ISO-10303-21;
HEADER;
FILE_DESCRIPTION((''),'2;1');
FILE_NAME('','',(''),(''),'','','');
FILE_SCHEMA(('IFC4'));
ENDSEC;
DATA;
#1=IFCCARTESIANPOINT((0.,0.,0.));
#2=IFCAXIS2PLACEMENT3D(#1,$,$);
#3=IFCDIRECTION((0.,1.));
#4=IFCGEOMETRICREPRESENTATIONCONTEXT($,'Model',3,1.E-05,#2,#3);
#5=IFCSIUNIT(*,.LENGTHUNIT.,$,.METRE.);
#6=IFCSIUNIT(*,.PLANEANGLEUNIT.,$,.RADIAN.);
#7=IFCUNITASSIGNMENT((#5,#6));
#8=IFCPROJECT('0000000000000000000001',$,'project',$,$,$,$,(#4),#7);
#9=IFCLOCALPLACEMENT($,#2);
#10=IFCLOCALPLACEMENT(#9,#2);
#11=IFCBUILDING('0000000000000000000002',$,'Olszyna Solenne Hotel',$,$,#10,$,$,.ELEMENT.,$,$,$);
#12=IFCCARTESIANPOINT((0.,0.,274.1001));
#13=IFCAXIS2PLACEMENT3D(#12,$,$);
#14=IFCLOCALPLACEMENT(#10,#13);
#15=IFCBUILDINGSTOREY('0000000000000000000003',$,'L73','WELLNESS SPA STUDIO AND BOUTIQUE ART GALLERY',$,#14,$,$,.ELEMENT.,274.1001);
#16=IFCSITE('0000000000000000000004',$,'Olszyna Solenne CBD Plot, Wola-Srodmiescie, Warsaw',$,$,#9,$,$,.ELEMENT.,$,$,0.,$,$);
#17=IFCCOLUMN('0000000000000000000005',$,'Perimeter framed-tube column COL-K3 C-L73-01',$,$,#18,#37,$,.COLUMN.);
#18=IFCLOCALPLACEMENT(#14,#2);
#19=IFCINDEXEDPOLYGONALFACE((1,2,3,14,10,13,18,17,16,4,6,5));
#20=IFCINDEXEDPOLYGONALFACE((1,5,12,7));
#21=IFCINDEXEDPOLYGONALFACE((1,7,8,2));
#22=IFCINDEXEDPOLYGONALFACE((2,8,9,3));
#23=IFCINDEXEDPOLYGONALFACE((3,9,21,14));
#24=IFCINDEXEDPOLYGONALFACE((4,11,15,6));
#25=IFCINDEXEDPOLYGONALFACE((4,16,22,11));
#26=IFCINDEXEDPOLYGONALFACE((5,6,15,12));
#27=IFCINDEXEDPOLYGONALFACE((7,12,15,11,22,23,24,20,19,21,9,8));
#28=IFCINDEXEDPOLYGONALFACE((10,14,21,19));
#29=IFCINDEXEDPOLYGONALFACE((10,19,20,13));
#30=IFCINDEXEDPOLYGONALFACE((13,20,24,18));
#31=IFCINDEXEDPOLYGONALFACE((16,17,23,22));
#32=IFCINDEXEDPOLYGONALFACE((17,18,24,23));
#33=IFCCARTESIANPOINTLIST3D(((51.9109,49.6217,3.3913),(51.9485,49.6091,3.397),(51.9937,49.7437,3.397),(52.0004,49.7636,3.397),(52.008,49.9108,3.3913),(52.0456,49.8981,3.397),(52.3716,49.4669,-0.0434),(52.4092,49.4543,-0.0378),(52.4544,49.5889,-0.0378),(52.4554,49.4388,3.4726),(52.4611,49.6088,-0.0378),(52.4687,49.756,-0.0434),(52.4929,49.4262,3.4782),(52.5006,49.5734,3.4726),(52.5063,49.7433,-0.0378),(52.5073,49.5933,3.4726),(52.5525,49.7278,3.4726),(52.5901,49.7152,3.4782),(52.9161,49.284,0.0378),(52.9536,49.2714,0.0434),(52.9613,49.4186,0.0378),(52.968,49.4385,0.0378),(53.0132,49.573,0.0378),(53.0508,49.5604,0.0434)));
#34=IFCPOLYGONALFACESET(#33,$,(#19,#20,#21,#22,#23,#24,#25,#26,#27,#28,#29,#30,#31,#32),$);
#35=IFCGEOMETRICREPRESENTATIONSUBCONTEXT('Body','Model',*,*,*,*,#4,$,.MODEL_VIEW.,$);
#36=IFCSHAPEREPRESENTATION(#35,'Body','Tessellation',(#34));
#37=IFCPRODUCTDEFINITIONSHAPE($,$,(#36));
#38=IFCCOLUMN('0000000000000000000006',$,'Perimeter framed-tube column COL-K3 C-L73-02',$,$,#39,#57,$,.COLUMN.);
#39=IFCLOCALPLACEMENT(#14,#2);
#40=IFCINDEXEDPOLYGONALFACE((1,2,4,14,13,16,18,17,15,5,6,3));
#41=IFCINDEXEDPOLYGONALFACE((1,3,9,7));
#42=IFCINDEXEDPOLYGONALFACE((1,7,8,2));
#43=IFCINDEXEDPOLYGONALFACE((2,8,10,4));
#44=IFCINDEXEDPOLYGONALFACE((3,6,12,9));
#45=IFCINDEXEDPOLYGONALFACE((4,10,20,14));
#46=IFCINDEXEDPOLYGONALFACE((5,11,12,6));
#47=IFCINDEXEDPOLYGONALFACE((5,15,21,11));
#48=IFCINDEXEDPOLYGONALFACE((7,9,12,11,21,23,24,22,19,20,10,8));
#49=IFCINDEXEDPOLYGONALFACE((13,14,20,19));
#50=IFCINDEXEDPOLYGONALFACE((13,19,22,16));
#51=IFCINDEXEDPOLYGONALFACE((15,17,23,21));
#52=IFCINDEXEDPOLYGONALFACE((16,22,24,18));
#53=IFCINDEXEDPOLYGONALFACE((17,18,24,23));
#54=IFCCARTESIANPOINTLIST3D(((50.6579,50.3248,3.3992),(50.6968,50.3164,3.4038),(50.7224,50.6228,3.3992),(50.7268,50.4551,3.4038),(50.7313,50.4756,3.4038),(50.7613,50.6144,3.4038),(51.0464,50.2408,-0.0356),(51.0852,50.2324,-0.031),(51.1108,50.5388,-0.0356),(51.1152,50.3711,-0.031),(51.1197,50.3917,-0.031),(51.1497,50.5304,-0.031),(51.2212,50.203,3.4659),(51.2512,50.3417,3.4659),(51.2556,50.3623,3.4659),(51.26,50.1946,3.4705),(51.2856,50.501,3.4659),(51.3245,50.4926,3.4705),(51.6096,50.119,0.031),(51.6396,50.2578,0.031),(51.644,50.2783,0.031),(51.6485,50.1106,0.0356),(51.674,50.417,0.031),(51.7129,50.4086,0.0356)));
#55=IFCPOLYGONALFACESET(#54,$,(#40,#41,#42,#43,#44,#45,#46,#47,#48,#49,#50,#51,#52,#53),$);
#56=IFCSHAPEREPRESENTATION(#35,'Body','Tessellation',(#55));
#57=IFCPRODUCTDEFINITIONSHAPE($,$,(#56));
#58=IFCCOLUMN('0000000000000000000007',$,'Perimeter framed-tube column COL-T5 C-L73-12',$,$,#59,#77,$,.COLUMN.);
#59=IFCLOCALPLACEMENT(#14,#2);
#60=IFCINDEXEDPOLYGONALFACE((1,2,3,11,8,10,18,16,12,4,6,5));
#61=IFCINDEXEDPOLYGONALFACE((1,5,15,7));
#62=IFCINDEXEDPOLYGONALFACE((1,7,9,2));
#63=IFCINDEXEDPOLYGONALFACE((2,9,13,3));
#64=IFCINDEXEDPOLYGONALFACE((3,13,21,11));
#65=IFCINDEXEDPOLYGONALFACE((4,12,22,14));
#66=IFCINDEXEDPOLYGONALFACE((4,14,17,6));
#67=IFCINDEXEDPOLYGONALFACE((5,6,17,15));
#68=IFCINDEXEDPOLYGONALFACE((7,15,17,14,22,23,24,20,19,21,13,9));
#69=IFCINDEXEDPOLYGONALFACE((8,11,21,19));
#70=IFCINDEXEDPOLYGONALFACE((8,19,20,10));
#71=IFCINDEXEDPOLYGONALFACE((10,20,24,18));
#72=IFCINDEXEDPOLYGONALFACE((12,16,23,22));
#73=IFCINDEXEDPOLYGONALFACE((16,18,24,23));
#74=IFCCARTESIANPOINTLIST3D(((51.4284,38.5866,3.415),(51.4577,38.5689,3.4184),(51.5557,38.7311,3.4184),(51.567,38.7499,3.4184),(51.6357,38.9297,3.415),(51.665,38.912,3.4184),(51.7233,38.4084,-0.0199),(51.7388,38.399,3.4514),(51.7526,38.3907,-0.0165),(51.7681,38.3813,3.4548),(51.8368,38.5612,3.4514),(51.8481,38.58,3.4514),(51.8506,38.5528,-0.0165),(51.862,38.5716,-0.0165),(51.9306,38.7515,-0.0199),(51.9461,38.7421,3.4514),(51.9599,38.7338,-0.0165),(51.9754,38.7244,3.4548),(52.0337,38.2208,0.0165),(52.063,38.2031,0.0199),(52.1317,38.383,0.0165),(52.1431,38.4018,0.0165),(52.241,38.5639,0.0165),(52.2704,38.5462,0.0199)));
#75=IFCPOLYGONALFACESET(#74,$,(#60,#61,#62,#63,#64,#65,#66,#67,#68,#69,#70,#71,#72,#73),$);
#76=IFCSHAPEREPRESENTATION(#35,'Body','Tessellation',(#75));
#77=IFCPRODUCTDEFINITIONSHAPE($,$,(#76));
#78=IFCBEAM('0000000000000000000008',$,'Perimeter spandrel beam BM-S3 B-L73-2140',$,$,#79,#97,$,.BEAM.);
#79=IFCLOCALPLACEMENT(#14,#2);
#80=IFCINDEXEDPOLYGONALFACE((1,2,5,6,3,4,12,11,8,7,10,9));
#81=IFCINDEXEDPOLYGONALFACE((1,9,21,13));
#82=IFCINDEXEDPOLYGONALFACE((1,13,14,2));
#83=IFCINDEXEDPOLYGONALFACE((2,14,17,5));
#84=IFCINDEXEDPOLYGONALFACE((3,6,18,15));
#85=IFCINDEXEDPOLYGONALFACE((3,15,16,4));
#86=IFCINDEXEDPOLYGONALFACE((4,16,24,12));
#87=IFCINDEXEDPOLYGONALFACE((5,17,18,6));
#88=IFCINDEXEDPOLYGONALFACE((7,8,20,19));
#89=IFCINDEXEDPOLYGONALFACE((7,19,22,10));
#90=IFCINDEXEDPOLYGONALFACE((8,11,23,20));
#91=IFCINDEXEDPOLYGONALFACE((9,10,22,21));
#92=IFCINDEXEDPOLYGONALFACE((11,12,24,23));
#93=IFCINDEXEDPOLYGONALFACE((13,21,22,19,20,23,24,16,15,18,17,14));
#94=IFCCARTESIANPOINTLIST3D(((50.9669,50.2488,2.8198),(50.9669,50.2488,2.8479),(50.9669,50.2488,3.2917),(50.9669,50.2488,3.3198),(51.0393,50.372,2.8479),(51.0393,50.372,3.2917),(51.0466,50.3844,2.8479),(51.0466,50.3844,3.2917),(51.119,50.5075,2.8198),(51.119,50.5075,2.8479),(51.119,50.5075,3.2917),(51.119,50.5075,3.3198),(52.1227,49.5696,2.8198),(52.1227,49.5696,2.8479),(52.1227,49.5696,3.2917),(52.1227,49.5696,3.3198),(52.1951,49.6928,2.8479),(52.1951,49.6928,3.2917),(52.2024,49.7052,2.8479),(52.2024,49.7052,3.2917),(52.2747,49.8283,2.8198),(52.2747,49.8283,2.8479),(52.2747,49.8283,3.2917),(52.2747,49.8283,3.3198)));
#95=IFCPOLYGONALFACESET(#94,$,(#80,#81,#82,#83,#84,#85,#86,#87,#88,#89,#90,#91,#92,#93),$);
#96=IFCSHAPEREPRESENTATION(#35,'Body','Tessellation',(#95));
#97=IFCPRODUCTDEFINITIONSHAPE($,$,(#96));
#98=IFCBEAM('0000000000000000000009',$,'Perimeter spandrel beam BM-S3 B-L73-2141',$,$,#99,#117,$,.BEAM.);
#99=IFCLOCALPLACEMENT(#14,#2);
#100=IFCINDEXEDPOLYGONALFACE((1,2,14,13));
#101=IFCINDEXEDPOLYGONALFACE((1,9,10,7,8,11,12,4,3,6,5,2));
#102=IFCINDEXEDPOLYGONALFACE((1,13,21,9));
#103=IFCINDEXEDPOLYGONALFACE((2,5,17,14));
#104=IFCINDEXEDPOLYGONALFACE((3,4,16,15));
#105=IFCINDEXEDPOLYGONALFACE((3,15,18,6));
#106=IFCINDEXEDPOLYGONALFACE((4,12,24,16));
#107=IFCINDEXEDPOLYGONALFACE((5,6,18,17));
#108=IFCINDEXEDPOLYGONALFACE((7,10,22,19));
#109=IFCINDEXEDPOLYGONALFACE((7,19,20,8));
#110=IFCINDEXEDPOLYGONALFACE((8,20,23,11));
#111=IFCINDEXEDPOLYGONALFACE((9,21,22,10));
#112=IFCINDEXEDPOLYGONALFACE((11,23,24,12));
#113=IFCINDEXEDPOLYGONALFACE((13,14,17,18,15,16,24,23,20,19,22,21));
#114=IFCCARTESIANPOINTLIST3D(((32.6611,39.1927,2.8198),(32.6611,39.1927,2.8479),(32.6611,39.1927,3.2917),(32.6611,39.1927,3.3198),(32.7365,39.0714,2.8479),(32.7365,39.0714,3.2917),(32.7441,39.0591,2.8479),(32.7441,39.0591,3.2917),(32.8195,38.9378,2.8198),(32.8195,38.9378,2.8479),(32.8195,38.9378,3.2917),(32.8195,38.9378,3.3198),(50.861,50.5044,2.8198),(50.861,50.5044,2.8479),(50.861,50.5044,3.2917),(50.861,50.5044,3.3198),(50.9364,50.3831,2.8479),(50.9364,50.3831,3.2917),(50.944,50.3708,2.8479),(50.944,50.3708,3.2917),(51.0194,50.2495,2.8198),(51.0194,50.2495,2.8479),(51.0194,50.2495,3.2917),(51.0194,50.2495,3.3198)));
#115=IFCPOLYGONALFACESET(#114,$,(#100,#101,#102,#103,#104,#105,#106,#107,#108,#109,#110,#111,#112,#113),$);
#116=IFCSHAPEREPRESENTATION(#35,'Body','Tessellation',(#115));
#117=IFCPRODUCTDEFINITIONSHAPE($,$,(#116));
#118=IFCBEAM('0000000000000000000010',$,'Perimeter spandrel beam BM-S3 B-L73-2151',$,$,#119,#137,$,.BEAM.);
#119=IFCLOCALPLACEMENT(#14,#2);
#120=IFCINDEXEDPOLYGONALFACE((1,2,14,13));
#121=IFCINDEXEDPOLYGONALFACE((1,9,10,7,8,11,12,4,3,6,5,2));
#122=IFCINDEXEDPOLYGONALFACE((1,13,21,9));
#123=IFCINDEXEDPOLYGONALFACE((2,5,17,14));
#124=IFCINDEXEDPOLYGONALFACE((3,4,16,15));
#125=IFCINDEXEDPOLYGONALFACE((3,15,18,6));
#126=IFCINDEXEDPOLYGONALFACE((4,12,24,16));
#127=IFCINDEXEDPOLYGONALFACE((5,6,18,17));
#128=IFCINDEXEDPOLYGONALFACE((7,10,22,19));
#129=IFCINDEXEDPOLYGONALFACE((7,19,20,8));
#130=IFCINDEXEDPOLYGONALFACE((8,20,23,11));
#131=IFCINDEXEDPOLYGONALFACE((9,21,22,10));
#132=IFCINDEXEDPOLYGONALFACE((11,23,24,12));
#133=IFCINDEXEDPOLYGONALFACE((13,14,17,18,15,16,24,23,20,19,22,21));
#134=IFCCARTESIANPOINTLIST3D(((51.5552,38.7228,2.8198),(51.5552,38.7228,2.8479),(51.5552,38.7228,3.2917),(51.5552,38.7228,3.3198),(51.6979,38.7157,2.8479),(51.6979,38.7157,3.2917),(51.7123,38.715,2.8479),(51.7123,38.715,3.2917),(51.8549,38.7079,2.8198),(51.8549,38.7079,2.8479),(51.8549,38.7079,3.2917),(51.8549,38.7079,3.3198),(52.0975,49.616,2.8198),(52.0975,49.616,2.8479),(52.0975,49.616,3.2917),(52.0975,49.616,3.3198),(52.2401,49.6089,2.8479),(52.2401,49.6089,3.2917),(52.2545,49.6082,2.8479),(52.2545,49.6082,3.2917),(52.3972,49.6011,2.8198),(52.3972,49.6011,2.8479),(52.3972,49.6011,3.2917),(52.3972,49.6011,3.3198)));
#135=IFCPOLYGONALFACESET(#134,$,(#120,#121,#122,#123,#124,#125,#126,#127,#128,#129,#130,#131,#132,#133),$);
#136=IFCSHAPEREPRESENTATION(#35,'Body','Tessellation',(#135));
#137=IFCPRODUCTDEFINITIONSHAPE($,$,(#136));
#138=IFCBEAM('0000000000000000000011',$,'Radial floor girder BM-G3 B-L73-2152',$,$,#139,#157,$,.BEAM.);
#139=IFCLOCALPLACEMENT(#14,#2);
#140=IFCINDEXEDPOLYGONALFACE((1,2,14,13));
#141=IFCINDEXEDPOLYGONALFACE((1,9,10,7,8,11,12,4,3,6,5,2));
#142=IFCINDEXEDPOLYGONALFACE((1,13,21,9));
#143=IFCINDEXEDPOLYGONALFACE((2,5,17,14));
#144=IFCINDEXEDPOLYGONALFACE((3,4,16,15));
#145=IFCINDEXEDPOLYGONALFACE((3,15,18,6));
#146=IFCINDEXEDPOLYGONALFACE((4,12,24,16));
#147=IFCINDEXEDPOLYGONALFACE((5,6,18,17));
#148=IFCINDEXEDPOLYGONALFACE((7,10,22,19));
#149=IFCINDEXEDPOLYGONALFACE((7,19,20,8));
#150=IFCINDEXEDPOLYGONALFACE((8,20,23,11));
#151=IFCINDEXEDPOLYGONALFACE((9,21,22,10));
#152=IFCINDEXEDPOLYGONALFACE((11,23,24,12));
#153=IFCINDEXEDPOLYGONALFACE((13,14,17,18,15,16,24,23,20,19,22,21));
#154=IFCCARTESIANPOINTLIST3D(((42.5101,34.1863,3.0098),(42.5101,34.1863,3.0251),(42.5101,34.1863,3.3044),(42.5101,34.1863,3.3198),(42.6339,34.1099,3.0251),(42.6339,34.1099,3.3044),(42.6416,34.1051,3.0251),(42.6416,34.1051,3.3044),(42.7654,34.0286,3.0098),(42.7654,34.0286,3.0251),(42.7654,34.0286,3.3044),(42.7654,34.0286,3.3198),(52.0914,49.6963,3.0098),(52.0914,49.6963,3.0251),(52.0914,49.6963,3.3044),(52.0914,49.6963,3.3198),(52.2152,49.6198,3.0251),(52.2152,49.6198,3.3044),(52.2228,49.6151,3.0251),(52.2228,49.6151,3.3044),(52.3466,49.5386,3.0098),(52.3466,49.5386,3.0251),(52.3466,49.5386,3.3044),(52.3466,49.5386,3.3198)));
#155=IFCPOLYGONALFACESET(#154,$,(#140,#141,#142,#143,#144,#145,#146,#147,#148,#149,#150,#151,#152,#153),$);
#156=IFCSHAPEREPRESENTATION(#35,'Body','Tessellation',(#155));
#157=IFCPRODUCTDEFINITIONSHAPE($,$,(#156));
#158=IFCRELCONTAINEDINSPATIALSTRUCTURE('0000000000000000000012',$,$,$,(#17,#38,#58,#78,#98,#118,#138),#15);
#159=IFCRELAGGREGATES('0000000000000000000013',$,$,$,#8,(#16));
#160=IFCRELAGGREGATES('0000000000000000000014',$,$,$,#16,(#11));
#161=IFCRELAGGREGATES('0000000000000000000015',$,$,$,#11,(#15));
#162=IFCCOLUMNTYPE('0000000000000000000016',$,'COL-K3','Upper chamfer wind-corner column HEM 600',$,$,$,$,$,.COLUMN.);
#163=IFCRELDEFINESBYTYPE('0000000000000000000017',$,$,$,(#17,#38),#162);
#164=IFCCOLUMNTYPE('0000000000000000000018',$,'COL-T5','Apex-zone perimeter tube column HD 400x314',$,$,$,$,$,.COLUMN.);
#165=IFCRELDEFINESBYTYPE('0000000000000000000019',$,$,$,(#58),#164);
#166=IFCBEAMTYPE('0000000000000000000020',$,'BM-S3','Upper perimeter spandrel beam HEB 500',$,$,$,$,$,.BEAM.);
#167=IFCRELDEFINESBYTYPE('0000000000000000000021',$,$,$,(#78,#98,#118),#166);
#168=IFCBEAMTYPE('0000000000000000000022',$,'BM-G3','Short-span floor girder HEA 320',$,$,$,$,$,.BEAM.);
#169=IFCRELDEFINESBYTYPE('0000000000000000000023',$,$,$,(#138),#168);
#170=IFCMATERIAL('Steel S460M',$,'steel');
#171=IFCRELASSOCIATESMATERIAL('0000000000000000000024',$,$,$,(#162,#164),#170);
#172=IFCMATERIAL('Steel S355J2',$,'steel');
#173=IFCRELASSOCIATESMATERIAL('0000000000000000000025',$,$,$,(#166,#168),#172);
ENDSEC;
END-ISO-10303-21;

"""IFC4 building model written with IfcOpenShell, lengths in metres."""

from ifc_helpers import new_model, si_unit, direction, frame, origin, origin_2d, place, context, subcontext, project, spatial, i_section, extrude, source, transform, mapped, material, material_profile, profile_set, type_object, element, save


model = new_model("IFC4")

# Units and contexts
model_context = context("Model", 3, precision=1e-05, world=origin(), true_north=direction((0.0, 1.0)))
body_context = subcontext(model_context, "Body", "Model", "MODEL_VIEW")
ifc_project = project(units=[si_unit("LENGTHUNIT", "METRE"), si_unit("PLANEANGLEUNIT", "RADIAN")], contexts=[model_context])

# Site, building, storey
site_placement = place(None, origin())
site = spatial("IfcSite", under=ifc_project, at=site_placement, Name="Olszyna Solenne CBD Plot, Wola-Srodmiescie, Warsaw", CompositionType="ELEMENT", RefElevation=0.0)
building_placement = place(site_placement, origin())
building = spatial("IfcBuilding", under=site, at=building_placement, Name="Olszyna Solenne Hotel", CompositionType="ELEMENT")
storey_placement = place(building_placement, frame((0.0, 0.0, 274.1001)))
storey = spatial("IfcBuildingStorey", under=building, at=storey_placement, Name="L73", Description="WELLNESS SPA STUDIO AND BOUTIQUE ART GALLERY", CompositionType="ELEMENT", Elevation=274.1001)

# Columns
ifc_material_1 = material(Name="Steel S460M", Category="steel")
ifc_material_profile_1 = material_profile(ifc_material_1, i_section(OverallWidth=0.3049, OverallDepth=0.6201, WebThickness=0.021, FlangeThickness=0.04, at=origin_2d()), Name="HEM 600", Category="load-bearing")
ifc_profile_set_1 = profile_set([ifc_material_profile_1], Name="Steel S460M")
column_type_1 = type_object("IfcColumnType", Name="COL-K3", Description="Upper chamfer wind-corner column HEM 600", PredefinedType="COLUMN", material=ifc_profile_set_1)
shared_shape_1 = source(origin(), body_context, "Body", "SweptSolid", [
    extrude(i_section(OverallWidth=0.3049, OverallDepth=0.6201, WebThickness=0.021, FlangeThickness=0.04, at=origin_2d()), origin(), (0.0, 0.0, 1.0), 3.469),
])
column_1_placement = place(storey_placement, frame((52.7112, 49.5137, 0.0), z_axis=(-0.132802, 0.044619, 0.990138), x_axis=(-0.318487, -0.947927, 0.0)))
element("IfcColumn", 1, at=column_1_placement, inside=storey, type_object=column_type_1, Name="Perimeter framed-tube column COL-K3 C-L73-01", PredefinedType="COLUMN", context=body_context, shape_type="MappedRepresentation", body=[
    mapped(shared_shape_1, transform((0.0, 0.0, 0.0), x_axis=(1.0, 0.0, 0.0), y_axis=(0.0, 1.0, 0.0), z_axis=(0.0, 0.0, 1.0), scale=1.0)),
])
shared_shape_2 = source(origin(), body_context, "Body", "SweptSolid", [
    extrude(i_section(OverallWidth=0.3049, OverallDepth=0.6201, WebThickness=0.021, FlangeThickness=0.04, at=origin_2d()), origin(), (0.0, 0.0, 1.0), 3.4578),
])
column_2_placement = place(storey_placement, frame((51.3796, 50.3247, 0.0), z_axis=(-0.112336, 0.024289, 0.993373), x_axis=(-0.211333, -0.977414, 0.0)))
element("IfcColumn", 2, at=column_2_placement, inside=storey, type_object=column_type_1, Name="Perimeter framed-tube column COL-K3 C-L73-02", PredefinedType="COLUMN", context=body_context, shape_type="MappedRepresentation", body=[
    mapped(shared_shape_2, transform((0.0, 0.0, 0.0), x_axis=(1.0, 0.0, 0.0), y_axis=(0.0, 1.0, 0.0), z_axis=(0.0, 0.0, 1.0), scale=1.0)),
])
ifc_material_profile_2 = material_profile(ifc_material_1, i_section(OverallWidth=0.4009, OverallDepth=0.3989, WebThickness=0.022, FlangeThickness=0.0344, at=origin_2d()), Name="HD 400x314", Category="load-bearing")
ifc_profile_set_2 = profile_set([ifc_material_profile_2], Name="Steel S460M")
column_type_2 = type_object("IfcColumnType", Name="COL-T5", Description="Apex-zone perimeter tube column HD 400x314", PredefinedType="COLUMN", material=ifc_profile_set_2)
shared_shape_3 = source(origin(), body_context, "Body", "SweptSolid", [
    extrude(i_section(OverallWidth=0.4009, OverallDepth=0.3989, WebThickness=0.022, FlangeThickness=0.0344, at=origin_2d()), origin(), (0.0, 0.0, 1.0), 3.4521),
])
column_3_placement = place(storey_placement, frame((51.9968, 38.4773, 0.0), z_axis=(-0.085434, 0.051628, 0.995005), x_axis=(-0.517202, -0.855863, 0.0)))
element("IfcColumn", 3, at=column_3_placement, inside=storey, type_object=column_type_2, Name="Perimeter framed-tube column COL-T5 C-L73-12", PredefinedType="COLUMN", context=body_context, shape_type="MappedRepresentation", body=[
    mapped(shared_shape_3, transform((0.0, 0.0, 0.0), x_axis=(1.0, 0.0, 0.0), y_axis=(0.0, 1.0, 0.0), z_axis=(0.0, 0.0, 1.0), scale=1.0)),
])

# Beams
ifc_material_2 = material(Name="Steel S355J2", Category="steel")
ifc_material_profile_3 = material_profile(ifc_material_2, i_section(OverallWidth=0.3, OverallDepth=0.5, WebThickness=0.0144, FlangeThickness=0.0281, at=origin_2d()), Name="HEB 500", Category="load-bearing")
ifc_profile_set_3 = profile_set([ifc_material_profile_3], Name="Steel S355J2")
beam_type_1 = type_object("IfcBeamType", Name="BM-S3", Description="Upper perimeter spandrel beam HEB 500", PredefinedType="BEAM", material=ifc_profile_set_3)
shared_shape_4 = source(origin(), body_context, "Body", "SweptSolid", [
    extrude(i_section(OverallWidth=0.3, OverallDepth=0.5, WebThickness=0.0144, FlangeThickness=0.0281, at=origin_2d()), origin(), (0.0, 0.0, 1.0), 1.3406),
])
beam_1_placement = place(storey_placement, frame((52.1987, 49.699, 3.0698), z_axis=(-0.862149, 0.506654, 0.0), x_axis=(-0.506654, -0.862149, 0.0)))
element("IfcBeam", 4, at=beam_1_placement, inside=storey, type_object=beam_type_1, Name="Perimeter spandrel beam BM-S3 B-L73-2140", PredefinedType="BEAM", context=body_context, shape_type="MappedRepresentation", body=[
    mapped(shared_shape_4, transform((0.0, 0.0, 0.0), x_axis=(1.0, 0.0, 0.0), y_axis=(0.0, 1.0, 0.0), z_axis=(0.0, 0.0, 1.0), scale=1.0)),
])
shared_shape_5 = source(origin(), body_context, "Body", "SweptSolid", [
    extrude(i_section(OverallWidth=0.3, OverallDepth=0.5, WebThickness=0.0144, FlangeThickness=0.0281, at=origin_2d()), origin(), (0.0, 0.0, 1.0), 21.4287),
])
beam_2_placement = place(storey_placement, frame((50.9402, 50.377, 3.0698), z_axis=(-0.849321, -0.527876, 0.0), x_axis=(0.527876, -0.849321, 0.0)))
element("IfcBeam", 5, at=beam_2_placement, inside=storey, type_object=beam_type_1, Name="Perimeter spandrel beam BM-S3 B-L73-2141", PredefinedType="BEAM", context=body_context, shape_type="MappedRepresentation", body=[
    mapped(shared_shape_5, transform((0.0, 0.0, 0.0), x_axis=(1.0, 0.0, 0.0), y_axis=(0.0, 1.0, 0.0), z_axis=(0.0, 0.0, 1.0), scale=1.0)),
])
shared_shape_6 = source(origin(), body_context, "Body", "SweptSolid", [
    extrude(i_section(OverallWidth=0.3, OverallDepth=0.5, WebThickness=0.0144, FlangeThickness=0.0281, at=origin_2d()), origin(), (0.0, 0.0, 1.0), 10.9067),
])
beam_3_placement = place(storey_placement, frame((51.7051, 38.7153, 3.0698), z_axis=(0.049715, 0.998763, 0.0), x_axis=(-0.998763, 0.049715, 0.0)))
element("IfcBeam", 6, at=beam_3_placement, inside=storey, type_object=beam_type_1, Name="Perimeter spandrel beam BM-S3 B-L73-2151", PredefinedType="BEAM", context=body_context, shape_type="MappedRepresentation", body=[
    mapped(shared_shape_6, transform((0.0, 0.0, 0.0), x_axis=(1.0, 0.0, 0.0), y_axis=(0.0, 1.0, 0.0), z_axis=(0.0, 0.0, 1.0), scale=1.0)),
])
ifc_material_profile_4 = material_profile(ifc_material_2, i_section(OverallWidth=0.3, OverallDepth=0.3101, WebThickness=0.009, FlangeThickness=0.0154, at=origin_2d()), Name="HEA 320", Category="load-bearing")
ifc_profile_set_4 = profile_set([ifc_material_profile_4], Name="Steel S355J2")
beam_type_2 = type_object("IfcBeamType", Name="BM-G3", Description="Short-span floor girder HEA 320", PredefinedType="BEAM", material=ifc_profile_set_4)
shared_shape_7 = source(origin(), body_context, "Body", "SweptSolid", [
    extrude(i_section(OverallWidth=0.3, OverallDepth=0.3101, WebThickness=0.009, FlangeThickness=0.0154, at=origin_2d()), origin(), (0.0, 0.0, 1.0), 18.2307),
])
beam_4_placement = place(storey_placement, frame((52.219, 49.6174, 3.1648), z_axis=(-0.525556, -0.850759, 0.0), x_axis=(0.850759, -0.525556, 0.0)))
element("IfcBeam", 7, at=beam_4_placement, inside=storey, type_object=beam_type_2, Name="Radial floor girder BM-G3 B-L73-2152", PredefinedType="BEAM", context=body_context, shape_type="MappedRepresentation", body=[
    mapped(shared_shape_7, transform((0.0, 0.0, 0.0), x_axis=(1.0, 0.0, 0.0), y_axis=(0.0, 1.0, 0.0), z_axis=(0.0, 0.0, 1.0), scale=1.0)),
])

save(model, "model.ifc")
